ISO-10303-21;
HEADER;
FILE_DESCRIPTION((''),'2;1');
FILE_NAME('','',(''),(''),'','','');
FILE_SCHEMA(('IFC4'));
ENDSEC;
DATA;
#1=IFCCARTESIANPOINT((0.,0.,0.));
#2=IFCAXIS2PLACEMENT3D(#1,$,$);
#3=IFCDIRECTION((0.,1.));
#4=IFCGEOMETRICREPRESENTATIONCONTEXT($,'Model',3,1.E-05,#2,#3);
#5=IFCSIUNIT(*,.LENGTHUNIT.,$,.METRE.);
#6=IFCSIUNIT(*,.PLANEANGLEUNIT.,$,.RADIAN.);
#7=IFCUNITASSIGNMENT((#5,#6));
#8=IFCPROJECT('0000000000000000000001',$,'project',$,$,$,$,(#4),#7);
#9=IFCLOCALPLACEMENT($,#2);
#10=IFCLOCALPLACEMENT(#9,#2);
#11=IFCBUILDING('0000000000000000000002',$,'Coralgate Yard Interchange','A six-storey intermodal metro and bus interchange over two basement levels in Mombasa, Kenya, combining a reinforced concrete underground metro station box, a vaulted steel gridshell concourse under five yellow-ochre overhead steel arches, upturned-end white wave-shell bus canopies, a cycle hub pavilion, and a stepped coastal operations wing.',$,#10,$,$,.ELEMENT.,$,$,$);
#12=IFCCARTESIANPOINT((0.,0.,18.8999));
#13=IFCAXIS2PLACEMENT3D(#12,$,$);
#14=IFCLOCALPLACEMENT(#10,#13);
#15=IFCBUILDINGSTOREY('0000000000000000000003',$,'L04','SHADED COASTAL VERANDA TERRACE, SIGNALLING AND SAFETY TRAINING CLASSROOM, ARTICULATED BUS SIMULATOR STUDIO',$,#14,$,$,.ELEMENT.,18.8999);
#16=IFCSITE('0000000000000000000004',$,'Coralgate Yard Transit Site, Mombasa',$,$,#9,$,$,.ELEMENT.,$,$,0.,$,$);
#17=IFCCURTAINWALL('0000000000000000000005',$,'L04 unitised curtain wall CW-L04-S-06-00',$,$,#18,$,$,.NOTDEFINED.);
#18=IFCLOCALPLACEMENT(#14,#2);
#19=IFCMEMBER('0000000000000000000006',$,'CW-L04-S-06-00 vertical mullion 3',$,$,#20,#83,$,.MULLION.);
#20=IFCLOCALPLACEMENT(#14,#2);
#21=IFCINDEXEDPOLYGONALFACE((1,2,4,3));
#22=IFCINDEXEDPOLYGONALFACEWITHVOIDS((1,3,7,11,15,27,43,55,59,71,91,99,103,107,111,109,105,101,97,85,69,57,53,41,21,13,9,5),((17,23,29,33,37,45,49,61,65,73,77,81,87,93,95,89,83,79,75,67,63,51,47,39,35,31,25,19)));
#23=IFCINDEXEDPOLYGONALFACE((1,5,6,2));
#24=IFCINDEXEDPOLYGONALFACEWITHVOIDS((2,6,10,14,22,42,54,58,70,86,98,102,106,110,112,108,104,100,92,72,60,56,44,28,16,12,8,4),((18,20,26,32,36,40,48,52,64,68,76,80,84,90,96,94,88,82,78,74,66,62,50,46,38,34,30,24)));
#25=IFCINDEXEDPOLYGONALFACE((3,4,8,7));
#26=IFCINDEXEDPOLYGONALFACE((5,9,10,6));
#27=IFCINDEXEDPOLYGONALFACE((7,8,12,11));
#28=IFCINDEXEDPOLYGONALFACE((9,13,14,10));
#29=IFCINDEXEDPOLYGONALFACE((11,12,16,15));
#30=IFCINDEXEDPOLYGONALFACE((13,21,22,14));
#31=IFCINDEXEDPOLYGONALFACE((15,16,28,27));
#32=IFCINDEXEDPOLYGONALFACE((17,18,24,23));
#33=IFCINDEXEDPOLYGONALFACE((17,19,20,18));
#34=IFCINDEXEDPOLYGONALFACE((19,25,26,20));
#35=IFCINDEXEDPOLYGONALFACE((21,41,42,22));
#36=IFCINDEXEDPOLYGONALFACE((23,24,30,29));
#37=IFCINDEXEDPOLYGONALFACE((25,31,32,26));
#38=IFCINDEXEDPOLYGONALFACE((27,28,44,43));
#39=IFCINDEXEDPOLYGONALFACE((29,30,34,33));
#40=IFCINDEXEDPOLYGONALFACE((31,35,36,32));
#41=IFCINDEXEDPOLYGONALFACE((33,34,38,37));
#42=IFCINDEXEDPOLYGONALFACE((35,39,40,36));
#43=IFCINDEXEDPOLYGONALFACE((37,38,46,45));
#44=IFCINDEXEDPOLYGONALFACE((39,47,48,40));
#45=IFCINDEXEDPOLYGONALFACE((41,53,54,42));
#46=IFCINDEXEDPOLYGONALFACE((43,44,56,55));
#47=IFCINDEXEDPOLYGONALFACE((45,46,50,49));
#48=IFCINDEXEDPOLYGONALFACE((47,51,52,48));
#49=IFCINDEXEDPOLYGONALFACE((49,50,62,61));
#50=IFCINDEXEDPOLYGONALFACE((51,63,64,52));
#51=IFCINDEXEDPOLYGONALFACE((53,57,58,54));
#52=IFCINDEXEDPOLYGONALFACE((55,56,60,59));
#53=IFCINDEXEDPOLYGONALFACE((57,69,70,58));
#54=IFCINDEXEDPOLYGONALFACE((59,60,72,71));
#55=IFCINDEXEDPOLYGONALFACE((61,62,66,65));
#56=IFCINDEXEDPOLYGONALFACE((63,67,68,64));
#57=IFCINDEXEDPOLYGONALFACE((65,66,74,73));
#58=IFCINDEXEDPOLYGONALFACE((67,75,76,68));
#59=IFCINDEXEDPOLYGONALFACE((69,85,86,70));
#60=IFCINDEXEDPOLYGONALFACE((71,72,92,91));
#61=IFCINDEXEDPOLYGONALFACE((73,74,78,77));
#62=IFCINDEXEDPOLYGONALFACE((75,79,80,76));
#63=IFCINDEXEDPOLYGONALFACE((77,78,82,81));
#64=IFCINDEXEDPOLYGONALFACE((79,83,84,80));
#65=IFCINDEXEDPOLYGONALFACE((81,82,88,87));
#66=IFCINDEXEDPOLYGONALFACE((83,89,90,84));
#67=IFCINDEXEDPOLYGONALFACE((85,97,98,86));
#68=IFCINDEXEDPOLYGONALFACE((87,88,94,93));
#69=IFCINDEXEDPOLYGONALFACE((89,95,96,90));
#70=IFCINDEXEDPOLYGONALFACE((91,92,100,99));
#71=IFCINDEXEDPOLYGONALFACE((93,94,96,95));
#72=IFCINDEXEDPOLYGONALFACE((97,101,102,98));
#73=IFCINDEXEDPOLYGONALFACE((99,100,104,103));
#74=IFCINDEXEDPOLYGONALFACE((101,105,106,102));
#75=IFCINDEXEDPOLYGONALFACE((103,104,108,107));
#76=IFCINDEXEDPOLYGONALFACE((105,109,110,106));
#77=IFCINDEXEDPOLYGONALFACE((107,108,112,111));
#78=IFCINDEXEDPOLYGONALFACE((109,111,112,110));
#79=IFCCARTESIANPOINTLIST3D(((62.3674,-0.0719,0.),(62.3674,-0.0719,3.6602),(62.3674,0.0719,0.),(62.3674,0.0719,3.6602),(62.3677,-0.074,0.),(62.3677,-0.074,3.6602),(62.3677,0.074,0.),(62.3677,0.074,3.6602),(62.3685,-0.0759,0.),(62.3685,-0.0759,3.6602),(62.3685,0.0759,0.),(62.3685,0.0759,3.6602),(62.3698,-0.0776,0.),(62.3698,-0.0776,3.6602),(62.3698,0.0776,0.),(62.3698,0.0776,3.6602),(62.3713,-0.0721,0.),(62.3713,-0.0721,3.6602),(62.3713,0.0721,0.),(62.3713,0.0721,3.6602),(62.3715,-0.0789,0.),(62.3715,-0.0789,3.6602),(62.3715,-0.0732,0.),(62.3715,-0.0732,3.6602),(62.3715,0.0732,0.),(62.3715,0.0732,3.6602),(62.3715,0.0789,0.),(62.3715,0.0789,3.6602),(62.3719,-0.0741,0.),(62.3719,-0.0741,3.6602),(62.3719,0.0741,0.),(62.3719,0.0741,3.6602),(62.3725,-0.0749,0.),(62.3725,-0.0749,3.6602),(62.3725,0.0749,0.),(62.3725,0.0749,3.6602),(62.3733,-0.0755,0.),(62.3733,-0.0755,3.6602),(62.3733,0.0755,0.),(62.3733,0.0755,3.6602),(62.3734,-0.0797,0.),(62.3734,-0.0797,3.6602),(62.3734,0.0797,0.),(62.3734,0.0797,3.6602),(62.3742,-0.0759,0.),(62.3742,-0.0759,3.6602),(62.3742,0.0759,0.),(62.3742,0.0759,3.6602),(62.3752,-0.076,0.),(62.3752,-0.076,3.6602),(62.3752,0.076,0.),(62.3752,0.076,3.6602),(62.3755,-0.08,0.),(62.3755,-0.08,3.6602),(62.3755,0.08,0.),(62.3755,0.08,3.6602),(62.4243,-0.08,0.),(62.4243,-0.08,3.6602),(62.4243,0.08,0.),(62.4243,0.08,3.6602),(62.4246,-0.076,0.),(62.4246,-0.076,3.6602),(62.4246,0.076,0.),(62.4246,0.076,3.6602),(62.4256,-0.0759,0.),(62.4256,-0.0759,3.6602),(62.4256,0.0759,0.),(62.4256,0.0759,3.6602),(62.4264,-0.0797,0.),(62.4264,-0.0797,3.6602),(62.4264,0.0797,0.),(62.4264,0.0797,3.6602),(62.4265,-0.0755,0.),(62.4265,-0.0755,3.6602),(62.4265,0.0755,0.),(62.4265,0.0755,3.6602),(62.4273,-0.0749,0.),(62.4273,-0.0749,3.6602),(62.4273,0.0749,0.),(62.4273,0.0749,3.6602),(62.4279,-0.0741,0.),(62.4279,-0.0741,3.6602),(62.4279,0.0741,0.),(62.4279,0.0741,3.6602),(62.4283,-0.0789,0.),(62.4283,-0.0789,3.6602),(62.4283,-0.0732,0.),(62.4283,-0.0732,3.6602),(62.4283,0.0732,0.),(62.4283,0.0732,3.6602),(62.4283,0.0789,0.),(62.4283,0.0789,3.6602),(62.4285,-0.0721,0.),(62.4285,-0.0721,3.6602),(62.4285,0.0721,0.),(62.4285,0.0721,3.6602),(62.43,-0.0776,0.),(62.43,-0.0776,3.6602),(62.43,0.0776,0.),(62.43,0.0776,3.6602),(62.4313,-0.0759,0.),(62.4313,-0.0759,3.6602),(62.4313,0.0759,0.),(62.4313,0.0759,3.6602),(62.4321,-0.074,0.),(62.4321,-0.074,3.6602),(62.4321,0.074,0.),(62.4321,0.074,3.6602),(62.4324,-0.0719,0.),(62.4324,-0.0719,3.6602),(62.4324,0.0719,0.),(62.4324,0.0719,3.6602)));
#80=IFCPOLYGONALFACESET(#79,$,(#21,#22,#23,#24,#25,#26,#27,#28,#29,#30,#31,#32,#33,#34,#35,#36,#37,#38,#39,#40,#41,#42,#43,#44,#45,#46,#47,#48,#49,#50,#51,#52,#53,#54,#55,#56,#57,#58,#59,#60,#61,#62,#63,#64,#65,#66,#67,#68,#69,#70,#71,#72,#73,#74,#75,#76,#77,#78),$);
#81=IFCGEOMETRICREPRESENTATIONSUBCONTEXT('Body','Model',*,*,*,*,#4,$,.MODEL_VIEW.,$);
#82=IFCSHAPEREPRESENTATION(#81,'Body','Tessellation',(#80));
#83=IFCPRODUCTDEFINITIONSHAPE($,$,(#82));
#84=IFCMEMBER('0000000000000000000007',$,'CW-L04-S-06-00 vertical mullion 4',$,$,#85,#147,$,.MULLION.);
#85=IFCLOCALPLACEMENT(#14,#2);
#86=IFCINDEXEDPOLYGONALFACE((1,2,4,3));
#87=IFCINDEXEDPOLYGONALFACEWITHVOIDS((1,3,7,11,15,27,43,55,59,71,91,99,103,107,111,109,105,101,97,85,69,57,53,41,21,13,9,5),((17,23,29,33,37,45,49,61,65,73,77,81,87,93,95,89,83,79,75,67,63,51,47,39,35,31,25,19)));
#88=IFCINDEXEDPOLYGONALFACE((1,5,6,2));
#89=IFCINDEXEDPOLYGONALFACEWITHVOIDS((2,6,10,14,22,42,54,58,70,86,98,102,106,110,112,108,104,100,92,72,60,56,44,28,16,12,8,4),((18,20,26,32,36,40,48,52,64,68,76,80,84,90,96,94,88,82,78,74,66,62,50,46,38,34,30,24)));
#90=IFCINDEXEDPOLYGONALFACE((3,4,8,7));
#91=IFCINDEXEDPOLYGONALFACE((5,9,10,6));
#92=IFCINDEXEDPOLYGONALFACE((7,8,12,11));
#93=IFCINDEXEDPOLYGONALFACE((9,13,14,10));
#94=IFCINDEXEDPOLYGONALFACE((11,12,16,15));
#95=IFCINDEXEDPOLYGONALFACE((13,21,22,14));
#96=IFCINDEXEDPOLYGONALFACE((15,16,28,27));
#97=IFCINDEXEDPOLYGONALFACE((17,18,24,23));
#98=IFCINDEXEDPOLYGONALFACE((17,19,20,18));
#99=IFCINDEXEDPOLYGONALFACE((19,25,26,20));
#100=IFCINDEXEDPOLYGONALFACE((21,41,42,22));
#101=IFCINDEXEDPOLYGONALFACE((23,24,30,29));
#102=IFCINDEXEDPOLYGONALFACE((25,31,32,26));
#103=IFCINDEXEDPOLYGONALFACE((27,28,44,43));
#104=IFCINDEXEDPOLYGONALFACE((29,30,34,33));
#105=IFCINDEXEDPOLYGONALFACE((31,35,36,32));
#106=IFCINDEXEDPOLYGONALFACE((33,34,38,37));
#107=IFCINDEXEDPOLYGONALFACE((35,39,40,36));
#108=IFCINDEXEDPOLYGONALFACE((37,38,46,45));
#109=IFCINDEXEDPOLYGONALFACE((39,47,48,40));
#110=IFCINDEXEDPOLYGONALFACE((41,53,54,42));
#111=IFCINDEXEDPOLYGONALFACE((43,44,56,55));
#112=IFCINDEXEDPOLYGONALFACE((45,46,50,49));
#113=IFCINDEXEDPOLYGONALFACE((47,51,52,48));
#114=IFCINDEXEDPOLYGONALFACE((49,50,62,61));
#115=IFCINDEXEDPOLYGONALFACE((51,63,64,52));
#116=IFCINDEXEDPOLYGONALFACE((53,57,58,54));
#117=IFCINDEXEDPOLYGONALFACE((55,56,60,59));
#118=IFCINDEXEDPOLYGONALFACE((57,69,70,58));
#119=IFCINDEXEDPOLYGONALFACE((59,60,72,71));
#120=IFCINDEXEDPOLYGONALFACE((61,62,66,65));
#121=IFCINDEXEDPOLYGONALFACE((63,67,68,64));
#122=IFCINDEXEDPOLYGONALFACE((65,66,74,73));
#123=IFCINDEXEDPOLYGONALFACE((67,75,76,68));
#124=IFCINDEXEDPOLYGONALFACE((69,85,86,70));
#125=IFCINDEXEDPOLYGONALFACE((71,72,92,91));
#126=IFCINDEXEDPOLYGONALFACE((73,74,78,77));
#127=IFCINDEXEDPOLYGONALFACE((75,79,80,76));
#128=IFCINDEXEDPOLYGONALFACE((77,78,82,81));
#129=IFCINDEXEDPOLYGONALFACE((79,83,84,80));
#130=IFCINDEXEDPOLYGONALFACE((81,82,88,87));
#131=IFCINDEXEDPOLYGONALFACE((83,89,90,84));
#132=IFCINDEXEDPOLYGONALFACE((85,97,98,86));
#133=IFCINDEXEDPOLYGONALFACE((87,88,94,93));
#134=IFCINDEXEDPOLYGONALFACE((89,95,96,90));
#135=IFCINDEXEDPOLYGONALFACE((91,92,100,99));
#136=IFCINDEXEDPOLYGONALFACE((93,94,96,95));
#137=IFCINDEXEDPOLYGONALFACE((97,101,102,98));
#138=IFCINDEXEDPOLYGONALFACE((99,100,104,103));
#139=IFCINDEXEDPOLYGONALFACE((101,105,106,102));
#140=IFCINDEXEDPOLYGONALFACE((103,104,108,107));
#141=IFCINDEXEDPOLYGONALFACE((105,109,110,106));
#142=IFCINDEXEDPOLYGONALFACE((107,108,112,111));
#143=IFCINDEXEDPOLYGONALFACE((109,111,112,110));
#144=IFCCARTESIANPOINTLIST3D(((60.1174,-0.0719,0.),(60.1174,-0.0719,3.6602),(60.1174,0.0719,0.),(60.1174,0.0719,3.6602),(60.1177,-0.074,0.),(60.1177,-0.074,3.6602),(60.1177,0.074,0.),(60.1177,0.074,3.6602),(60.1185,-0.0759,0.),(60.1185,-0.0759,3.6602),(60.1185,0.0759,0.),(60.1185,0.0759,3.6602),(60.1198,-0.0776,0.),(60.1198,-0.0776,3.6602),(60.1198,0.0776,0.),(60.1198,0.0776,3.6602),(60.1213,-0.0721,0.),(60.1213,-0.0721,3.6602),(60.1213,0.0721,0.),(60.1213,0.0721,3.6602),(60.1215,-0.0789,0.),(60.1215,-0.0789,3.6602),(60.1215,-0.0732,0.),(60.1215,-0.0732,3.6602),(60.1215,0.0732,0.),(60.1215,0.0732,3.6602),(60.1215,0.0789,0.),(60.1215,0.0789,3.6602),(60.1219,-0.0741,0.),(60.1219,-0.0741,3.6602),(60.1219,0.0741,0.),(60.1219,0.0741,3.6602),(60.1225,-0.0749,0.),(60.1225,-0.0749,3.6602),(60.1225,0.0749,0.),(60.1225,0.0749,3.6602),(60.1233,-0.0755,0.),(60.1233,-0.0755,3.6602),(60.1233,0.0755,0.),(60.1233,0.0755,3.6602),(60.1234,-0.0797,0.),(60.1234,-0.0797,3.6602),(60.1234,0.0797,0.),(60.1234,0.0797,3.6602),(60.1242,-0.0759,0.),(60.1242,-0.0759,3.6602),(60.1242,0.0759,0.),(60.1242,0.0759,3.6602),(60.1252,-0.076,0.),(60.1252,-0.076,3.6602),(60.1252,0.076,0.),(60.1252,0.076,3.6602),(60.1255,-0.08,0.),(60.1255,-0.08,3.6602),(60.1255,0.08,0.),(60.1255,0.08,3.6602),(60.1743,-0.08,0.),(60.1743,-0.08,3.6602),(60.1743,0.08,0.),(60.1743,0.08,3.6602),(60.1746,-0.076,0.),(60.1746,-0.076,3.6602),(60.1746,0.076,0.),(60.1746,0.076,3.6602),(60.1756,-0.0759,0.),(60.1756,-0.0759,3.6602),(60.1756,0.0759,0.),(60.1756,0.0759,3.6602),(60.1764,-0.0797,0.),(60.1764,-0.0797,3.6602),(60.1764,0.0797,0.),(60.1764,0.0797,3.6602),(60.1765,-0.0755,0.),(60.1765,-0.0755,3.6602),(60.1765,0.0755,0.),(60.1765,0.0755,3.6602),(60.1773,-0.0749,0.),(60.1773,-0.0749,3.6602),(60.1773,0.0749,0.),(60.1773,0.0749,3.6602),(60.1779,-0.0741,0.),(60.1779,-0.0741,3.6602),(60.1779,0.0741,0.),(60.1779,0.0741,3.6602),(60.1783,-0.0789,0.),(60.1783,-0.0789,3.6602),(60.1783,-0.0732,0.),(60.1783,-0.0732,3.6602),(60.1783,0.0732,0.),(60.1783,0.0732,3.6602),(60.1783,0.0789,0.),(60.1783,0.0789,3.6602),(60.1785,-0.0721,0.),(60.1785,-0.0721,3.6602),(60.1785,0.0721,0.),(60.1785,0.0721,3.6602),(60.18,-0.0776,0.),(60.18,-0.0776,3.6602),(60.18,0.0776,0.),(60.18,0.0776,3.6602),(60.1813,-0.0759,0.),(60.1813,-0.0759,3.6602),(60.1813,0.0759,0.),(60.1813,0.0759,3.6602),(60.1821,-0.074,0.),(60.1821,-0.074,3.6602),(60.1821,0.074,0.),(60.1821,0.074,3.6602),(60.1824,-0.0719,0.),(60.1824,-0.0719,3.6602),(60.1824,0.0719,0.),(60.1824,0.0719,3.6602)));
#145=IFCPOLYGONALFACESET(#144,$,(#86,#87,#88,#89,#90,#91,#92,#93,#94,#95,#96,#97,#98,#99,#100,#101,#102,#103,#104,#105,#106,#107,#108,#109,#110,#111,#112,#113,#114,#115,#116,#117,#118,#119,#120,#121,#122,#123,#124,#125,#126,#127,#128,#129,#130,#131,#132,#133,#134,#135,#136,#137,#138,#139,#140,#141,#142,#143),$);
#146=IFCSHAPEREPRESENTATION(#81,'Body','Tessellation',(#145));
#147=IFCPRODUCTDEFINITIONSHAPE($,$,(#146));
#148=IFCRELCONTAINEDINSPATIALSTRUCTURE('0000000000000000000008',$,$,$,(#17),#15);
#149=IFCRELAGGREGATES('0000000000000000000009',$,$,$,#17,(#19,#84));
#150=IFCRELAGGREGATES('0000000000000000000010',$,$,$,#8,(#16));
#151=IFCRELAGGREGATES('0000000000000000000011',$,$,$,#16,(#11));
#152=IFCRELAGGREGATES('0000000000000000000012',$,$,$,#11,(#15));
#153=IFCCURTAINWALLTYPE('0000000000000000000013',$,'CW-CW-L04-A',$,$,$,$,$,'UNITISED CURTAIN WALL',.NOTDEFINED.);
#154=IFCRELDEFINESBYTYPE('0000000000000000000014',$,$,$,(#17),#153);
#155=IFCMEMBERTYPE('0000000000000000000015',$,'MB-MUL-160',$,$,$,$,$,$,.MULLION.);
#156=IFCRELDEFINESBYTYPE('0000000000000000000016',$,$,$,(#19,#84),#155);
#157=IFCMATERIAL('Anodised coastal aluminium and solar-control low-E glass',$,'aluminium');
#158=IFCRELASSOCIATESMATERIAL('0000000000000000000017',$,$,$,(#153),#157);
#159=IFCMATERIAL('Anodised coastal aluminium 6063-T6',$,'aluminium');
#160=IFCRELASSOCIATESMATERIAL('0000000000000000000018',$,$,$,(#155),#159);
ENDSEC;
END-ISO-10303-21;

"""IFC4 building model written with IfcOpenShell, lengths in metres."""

from ifc_helpers import new_model, si_unit, direction, frame, origin, origin_2d, place, context, subcontext, project, spatial, hollow_rectangle, extrude, material, material_profile, profile_set, type_object, element, aggregate, save


model = new_model("IFC4")

# Units and contexts
model_context = context("Model", 3, precision=1e-05, world=origin(), true_north=direction((0.0, 1.0)))
body_context = subcontext(model_context, "Body", "Model", "MODEL_VIEW")
ifc_project = project(units=[si_unit("LENGTHUNIT", "METRE"), si_unit("PLANEANGLEUNIT", "RADIAN")], contexts=[model_context])

# Site, building, storey
site_placement = place(None, origin())
site = spatial("IfcSite", under=ifc_project, at=site_placement, Name="Coralgate Yard Transit Site, Mombasa", CompositionType="ELEMENT", RefElevation=0.0)
building_placement = place(site_placement, origin())
building = spatial("IfcBuilding", under=site, at=building_placement, Name="Coralgate Yard Interchange", Description="A six-storey intermodal metro and bus interchange over two basement levels in Mombasa, Kenya, combining a reinforced concrete underground metro station box, a vaulted steel gridshell concourse under five yellow-ochre overhead steel arches, upturned-end white wave-shell bus canopies, a cycle hub pavilion, and a stepped coastal operations wing.", CompositionType="ELEMENT")
storey_placement = place(building_placement, frame((0.0, 0.0, 18.8999)))
storey = spatial("IfcBuildingStorey", under=building, at=storey_placement, Name="L04", Description="SHADED COASTAL VERANDA TERRACE, SIGNALLING AND SAFETY TRAINING CLASSROOM, ARTICULATED BUS SIMULATOR STUDIO", CompositionType="ELEMENT", Elevation=18.8999)

# Curtain wall, members
ifc_material_1 = material(Name="Anodised coastal aluminium and solar-control low-E glass", Category="aluminium")
curtain_wall_type = type_object("IfcCurtainWallType", Name="CW-CW-L04-A", ElementType="UNITISED CURTAIN WALL", PredefinedType="NOTDEFINED", material=ifc_material_1)
curtain_wall_1_placement = place(storey_placement, origin())
curtain_wall_1 = element("IfcCurtainWall", 1, at=curtain_wall_1_placement, inside=storey, type_object=curtain_wall_type, Name="L04 unitised curtain wall CW-L04-S-06-00", PredefinedType="NOTDEFINED")
ifc_material_2 = material(Name="Anodised coastal aluminium 6063-T6", Category="aluminium")
ifc_material_profile_1 = material_profile(ifc_material_2, hollow_rectangle(XDim=0.0649, YDim=0.1599, WallThickness=0.0039, InnerFilletRadius=0.0039, OuterFilletRadius=0.0081, at=origin_2d()), Name="ALU 65x160x4")
ifc_profile_set_1 = profile_set([ifc_material_profile_1], Name="Anodised coastal aluminium 6063-T6")
member_type_1 = type_object("IfcMemberType", Name="MB-MUL-160", PredefinedType="MULLION", material=ifc_profile_set_1)
member_1_placement = place(storey_placement, frame((62.3999, 0.0, 0.0), z_axis=(0.0, 0.0, 1.0), x_axis=(1.0, 0.0, 0.0)))
member_1 = element("IfcMember", 2, at=member_1_placement, type_object=member_type_1, Name="CW-L04-S-06-00 vertical mullion 3", PredefinedType="MULLION", context=body_context, shape_type="SweptSolid", body=[
    extrude(hollow_rectangle(XDim=0.0649, YDim=0.1599, WallThickness=0.0039, InnerFilletRadius=0.0039, OuterFilletRadius=0.0081, at=origin_2d()), origin(), (0.0, 0.0, 1.0), 3.6602),
])
member_2_placement = place(storey_placement, frame((60.1499, 0.0, 0.0), z_axis=(0.0, 0.0, 1.0), x_axis=(1.0, 0.0, 0.0)))
member_2 = element("IfcMember", 3, at=member_2_placement, type_object=member_type_1, Name="CW-L04-S-06-00 vertical mullion 4", PredefinedType="MULLION", context=body_context, shape_type="SweptSolid", body=[
    extrude(hollow_rectangle(XDim=0.0649, YDim=0.1599, WallThickness=0.0039, InnerFilletRadius=0.0039, OuterFilletRadius=0.0081, at=origin_2d()), origin(), (0.0, 0.0, 1.0), 3.6602),
])

aggregate(curtain_wall_1, [member_1, member_2])

save(model, "model.ifc")
